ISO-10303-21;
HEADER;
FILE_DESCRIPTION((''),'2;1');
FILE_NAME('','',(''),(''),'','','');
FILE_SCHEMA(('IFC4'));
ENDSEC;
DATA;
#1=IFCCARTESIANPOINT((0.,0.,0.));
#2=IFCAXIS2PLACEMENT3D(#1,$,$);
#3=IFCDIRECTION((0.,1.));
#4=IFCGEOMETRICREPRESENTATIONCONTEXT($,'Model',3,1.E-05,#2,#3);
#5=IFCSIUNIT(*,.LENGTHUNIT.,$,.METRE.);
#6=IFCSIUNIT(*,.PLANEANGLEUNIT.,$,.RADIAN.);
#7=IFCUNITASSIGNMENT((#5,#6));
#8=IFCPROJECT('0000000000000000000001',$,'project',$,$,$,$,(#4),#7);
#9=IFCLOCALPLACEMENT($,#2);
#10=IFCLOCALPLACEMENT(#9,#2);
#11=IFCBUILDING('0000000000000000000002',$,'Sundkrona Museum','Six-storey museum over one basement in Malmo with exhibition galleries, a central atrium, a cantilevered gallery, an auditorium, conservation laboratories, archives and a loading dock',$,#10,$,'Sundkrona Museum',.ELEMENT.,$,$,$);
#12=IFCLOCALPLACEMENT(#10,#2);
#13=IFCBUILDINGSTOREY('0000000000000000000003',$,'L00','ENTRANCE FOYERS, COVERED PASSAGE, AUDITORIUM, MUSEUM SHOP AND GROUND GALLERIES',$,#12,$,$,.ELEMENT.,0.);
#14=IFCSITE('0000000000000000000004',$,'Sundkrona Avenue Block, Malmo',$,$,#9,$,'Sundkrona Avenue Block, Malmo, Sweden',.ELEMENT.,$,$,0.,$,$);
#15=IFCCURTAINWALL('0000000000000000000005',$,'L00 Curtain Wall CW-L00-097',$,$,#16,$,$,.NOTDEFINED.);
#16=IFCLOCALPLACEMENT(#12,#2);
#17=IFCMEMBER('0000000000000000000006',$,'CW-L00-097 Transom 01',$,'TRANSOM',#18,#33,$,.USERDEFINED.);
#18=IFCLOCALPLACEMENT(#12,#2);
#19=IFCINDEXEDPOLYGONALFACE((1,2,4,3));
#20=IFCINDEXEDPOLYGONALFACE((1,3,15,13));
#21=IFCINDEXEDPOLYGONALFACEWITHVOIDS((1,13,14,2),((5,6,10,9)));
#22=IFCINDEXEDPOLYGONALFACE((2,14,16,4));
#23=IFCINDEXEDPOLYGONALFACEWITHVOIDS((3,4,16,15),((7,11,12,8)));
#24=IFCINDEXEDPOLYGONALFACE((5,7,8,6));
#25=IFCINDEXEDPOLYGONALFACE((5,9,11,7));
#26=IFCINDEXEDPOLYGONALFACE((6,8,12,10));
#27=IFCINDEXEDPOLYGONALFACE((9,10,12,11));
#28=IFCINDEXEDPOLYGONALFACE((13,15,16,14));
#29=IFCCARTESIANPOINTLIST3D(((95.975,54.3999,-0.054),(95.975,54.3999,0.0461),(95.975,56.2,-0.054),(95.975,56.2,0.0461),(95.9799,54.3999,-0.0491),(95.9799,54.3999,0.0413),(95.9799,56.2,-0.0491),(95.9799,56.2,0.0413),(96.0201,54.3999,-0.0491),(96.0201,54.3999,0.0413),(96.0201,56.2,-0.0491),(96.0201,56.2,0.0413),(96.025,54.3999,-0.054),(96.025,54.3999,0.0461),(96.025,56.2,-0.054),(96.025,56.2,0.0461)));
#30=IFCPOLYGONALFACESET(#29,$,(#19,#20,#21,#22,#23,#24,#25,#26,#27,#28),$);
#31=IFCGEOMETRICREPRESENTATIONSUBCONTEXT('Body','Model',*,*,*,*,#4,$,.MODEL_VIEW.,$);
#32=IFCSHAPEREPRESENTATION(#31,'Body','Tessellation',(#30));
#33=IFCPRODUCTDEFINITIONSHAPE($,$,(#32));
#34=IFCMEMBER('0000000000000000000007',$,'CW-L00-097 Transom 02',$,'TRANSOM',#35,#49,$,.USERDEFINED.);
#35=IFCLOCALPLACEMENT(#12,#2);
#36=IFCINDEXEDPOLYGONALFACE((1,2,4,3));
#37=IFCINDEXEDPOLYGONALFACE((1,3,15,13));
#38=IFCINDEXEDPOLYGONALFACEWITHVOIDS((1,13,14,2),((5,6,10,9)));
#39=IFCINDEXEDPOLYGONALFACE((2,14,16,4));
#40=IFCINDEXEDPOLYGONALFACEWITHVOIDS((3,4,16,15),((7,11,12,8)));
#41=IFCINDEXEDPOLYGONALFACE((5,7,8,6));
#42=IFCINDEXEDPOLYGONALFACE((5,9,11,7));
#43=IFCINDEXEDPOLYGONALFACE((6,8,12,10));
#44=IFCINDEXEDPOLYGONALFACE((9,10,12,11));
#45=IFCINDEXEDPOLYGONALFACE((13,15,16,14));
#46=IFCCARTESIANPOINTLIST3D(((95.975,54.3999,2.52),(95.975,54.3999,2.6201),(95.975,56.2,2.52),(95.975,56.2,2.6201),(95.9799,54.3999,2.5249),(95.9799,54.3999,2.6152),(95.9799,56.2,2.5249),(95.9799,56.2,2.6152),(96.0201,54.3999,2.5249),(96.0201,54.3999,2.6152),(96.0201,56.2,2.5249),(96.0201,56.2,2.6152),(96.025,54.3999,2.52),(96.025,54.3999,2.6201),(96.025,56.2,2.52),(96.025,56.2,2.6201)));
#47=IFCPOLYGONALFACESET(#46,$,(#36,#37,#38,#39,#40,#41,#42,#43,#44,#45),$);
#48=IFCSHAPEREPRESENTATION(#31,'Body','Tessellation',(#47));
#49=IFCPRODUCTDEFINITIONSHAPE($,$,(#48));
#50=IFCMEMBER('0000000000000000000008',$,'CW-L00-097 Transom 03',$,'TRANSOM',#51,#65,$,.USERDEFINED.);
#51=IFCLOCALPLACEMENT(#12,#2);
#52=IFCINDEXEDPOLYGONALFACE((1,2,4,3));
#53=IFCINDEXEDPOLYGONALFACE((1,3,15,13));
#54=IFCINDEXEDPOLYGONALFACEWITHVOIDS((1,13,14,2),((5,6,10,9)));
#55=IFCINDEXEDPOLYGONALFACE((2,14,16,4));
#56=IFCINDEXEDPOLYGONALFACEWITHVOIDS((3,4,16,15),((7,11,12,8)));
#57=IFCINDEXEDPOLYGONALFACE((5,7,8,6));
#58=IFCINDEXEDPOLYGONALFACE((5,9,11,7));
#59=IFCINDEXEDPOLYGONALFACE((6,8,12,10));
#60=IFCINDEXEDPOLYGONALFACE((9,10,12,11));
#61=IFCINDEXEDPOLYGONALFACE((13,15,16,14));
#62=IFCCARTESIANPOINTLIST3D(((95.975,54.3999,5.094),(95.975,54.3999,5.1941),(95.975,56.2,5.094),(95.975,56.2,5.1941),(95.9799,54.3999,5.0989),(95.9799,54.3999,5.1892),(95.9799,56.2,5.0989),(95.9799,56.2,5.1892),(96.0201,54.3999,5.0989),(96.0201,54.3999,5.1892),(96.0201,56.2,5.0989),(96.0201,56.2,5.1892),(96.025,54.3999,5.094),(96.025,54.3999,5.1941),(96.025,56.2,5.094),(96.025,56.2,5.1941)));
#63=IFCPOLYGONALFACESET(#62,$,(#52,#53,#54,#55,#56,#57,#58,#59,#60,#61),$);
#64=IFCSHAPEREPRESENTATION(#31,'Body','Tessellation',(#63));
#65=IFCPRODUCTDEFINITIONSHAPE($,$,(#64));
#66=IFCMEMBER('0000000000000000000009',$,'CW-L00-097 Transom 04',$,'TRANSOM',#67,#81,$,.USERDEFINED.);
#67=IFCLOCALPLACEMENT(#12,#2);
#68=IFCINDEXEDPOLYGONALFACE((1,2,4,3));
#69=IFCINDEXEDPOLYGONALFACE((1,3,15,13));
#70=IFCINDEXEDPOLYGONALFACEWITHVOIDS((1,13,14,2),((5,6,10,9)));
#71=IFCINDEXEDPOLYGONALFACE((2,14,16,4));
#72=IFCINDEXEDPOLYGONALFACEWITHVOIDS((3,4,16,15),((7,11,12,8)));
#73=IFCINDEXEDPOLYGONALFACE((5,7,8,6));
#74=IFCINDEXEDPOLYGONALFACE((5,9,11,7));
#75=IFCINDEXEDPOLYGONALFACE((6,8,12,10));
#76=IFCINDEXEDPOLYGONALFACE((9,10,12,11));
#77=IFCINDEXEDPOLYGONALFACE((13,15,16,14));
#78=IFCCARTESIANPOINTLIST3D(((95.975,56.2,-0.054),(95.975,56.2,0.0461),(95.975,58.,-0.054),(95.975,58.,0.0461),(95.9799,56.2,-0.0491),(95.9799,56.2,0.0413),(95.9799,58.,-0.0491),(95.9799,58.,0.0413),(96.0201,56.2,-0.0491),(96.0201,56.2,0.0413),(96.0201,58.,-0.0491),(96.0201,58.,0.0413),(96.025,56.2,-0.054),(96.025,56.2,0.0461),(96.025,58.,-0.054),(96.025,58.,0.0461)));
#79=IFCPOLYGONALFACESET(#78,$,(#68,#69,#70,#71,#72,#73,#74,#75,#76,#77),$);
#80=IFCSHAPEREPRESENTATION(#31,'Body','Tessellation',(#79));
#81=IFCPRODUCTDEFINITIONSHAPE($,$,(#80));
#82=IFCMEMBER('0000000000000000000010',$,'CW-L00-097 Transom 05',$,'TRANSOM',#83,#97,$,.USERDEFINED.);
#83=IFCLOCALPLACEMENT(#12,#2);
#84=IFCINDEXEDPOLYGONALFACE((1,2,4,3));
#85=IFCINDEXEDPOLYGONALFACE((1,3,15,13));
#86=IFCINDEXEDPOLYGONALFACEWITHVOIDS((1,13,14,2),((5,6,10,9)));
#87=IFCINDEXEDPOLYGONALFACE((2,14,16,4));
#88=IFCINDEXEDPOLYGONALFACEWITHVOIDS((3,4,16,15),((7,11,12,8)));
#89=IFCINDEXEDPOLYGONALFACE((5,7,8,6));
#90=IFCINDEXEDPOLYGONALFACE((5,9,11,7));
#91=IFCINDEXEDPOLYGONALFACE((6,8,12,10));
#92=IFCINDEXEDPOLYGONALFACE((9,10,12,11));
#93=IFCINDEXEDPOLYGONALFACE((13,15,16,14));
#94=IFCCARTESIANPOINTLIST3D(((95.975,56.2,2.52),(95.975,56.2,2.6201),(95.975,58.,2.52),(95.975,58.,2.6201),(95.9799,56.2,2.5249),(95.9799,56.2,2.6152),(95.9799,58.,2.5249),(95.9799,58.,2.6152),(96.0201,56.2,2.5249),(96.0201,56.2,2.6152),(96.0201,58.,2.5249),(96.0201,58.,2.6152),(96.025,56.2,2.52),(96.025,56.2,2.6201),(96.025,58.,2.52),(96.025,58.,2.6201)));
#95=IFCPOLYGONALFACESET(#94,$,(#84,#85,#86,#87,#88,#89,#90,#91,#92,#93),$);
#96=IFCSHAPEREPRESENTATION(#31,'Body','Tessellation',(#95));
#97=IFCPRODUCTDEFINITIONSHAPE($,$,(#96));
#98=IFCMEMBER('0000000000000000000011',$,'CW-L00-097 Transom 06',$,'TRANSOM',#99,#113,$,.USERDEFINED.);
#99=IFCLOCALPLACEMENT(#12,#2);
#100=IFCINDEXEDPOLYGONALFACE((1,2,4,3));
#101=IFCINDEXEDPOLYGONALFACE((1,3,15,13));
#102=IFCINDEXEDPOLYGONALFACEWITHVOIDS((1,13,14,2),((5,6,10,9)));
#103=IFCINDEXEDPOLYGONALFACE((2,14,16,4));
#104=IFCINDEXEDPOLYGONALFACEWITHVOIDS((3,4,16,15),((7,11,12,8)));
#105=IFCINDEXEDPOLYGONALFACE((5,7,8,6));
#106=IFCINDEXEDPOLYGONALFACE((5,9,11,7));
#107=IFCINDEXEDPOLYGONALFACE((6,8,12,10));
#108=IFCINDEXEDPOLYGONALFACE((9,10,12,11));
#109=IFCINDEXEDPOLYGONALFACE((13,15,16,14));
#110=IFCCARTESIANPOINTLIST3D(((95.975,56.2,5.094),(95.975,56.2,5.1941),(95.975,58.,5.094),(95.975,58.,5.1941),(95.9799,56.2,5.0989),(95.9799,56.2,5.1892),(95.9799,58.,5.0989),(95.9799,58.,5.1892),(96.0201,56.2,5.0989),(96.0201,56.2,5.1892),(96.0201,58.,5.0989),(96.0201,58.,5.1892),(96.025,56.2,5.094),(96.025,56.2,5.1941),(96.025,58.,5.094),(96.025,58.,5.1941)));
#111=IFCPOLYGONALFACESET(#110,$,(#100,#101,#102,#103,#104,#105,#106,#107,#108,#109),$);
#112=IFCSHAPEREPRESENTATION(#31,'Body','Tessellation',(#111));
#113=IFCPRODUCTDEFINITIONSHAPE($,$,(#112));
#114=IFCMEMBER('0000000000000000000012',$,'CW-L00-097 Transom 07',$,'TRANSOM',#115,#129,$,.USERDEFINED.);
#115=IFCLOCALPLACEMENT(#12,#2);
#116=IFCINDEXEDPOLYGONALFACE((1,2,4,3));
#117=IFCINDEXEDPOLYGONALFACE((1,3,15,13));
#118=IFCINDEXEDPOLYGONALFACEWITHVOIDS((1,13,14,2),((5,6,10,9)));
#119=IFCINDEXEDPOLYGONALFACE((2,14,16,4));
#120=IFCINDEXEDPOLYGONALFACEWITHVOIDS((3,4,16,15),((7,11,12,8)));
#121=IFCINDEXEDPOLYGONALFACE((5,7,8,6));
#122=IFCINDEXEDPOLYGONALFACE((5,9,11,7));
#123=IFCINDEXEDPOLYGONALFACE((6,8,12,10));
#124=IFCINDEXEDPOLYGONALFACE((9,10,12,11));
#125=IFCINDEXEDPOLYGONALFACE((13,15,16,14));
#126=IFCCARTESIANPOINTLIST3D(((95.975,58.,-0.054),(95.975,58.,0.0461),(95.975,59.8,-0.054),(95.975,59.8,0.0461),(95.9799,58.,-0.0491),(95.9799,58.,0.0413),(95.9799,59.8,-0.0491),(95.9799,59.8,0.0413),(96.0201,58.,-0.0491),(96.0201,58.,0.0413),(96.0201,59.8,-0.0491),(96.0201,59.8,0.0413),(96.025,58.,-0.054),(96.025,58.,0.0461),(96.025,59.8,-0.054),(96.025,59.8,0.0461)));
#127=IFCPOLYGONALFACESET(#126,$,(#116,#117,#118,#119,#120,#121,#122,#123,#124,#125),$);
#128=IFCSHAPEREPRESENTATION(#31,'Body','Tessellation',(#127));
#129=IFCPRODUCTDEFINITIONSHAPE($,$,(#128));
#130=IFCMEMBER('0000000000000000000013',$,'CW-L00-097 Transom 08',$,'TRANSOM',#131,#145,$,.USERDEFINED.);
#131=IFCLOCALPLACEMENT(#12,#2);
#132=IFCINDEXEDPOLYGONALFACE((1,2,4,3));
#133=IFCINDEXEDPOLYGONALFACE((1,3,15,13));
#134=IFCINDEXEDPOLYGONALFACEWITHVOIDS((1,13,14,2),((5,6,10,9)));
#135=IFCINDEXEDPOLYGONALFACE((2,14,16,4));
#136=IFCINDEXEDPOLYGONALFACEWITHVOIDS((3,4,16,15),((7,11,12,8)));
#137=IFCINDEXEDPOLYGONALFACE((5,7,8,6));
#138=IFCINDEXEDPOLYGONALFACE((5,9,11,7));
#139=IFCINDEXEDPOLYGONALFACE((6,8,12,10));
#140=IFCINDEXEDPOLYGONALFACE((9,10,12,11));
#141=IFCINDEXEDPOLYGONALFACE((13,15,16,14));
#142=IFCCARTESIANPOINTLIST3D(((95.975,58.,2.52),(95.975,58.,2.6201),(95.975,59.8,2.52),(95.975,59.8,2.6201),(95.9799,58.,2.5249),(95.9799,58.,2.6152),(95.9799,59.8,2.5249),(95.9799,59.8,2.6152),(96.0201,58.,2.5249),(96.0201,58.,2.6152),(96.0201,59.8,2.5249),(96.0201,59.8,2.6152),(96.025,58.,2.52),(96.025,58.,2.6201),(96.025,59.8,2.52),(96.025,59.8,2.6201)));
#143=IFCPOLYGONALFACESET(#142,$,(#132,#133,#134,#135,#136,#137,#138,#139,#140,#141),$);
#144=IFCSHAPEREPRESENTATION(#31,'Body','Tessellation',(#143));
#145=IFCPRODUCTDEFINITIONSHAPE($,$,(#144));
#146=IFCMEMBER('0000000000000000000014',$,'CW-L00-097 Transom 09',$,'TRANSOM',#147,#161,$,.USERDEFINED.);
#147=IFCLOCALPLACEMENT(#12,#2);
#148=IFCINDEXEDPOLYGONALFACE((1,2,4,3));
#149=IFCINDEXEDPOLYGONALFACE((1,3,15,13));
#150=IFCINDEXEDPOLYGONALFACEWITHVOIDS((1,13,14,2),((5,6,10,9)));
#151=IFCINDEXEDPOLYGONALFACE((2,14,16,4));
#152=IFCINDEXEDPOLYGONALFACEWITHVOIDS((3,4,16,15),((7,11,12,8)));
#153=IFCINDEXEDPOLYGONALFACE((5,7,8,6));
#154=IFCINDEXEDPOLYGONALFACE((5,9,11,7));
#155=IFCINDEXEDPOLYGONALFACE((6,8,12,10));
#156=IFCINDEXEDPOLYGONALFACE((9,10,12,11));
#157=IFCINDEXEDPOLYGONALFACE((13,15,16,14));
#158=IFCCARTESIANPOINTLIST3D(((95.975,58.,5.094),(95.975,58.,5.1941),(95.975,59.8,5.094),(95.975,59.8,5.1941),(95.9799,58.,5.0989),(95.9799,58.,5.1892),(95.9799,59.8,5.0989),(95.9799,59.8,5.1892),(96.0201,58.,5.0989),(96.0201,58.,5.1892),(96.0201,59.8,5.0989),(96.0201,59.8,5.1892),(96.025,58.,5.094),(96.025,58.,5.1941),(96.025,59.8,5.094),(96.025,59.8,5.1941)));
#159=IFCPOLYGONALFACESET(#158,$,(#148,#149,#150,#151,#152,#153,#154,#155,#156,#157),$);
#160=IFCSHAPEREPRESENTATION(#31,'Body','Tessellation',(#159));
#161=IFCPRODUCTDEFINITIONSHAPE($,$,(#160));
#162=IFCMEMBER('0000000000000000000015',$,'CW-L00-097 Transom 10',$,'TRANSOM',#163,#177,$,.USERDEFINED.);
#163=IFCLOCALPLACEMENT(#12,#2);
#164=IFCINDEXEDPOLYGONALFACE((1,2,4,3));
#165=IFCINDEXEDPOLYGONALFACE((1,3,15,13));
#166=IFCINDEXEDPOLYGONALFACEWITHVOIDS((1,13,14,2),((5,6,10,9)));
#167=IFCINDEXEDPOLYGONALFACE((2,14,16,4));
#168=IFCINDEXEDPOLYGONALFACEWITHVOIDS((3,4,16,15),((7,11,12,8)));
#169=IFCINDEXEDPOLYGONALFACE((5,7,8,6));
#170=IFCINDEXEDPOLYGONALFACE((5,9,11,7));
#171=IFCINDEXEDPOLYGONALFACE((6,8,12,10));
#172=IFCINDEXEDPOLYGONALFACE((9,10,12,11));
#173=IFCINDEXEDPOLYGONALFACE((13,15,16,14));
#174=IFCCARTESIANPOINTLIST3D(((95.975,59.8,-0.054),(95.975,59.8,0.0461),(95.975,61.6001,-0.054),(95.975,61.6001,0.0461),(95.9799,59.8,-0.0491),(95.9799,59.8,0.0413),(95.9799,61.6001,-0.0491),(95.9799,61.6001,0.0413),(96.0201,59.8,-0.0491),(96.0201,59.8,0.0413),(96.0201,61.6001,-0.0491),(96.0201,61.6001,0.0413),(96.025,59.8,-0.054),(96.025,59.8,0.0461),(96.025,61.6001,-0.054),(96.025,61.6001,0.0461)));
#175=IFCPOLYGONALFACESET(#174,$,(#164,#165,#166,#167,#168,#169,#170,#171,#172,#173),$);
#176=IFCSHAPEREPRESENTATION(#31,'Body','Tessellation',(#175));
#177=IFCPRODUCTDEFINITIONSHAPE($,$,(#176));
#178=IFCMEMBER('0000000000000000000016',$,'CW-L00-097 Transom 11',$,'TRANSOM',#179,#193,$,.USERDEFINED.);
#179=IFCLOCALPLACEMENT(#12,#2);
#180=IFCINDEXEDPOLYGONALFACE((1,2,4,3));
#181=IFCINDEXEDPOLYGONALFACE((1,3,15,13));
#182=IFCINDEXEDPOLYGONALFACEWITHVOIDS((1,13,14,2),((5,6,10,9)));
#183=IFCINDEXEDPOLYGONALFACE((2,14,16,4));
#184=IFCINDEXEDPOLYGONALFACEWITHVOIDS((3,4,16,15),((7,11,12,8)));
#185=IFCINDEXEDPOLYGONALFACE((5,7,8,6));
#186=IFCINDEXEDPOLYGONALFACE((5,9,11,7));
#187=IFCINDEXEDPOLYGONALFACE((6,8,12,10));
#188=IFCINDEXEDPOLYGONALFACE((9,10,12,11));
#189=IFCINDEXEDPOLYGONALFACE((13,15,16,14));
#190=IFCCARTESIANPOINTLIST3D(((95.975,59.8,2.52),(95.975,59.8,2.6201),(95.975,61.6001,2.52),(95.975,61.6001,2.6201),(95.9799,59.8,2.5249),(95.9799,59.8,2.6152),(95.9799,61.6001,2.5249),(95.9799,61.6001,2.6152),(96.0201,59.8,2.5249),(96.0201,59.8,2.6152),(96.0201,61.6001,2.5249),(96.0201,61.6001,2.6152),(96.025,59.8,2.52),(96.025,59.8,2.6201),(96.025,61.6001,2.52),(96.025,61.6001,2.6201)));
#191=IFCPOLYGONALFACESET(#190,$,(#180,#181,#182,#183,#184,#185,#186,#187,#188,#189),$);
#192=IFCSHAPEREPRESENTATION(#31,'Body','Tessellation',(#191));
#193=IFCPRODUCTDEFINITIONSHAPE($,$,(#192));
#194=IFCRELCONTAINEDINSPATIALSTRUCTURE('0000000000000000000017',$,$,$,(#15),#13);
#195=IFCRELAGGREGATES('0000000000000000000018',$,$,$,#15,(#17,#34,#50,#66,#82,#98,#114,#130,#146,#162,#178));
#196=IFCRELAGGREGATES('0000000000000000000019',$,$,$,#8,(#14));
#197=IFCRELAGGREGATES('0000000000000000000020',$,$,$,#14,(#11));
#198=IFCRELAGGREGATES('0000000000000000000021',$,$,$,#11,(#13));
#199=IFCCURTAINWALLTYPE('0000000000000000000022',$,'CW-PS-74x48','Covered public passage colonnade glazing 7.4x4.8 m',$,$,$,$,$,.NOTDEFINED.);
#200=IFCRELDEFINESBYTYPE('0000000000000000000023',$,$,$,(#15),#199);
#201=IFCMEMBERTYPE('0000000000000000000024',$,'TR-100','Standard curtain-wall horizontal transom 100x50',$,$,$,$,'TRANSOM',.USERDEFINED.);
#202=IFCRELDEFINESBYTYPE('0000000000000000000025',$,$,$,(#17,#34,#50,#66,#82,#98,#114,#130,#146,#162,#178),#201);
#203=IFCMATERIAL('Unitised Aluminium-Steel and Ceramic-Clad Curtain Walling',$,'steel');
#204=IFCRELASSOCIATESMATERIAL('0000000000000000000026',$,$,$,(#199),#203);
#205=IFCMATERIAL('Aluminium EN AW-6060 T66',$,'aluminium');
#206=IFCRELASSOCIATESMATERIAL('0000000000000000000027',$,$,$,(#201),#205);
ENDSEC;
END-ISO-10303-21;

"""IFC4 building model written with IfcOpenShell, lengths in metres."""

from ifc_helpers import new_model, si_unit, direction, frame, origin, origin_2d, place, context, subcontext, project, spatial, hollow_rectangle, extrude, material, material_profile, profile_set, type_object, element, aggregate, save


model = new_model("IFC4")

# Units and contexts
model_context = context("Model", 3, precision=1e-05, world=origin(), true_north=direction((0.0, 1.0)))
body_context = subcontext(model_context, "Body", "Model", "MODEL_VIEW")
ifc_project = project(units=[si_unit("LENGTHUNIT", "METRE"), si_unit("PLANEANGLEUNIT", "RADIAN")], contexts=[model_context])

# Site, building, storey
site_placement = place(None, origin())
site = spatial("IfcSite", under=ifc_project, at=site_placement, Name="Sundkrona Avenue Block, Malmo", LongName="Sundkrona Avenue Block, Malmo, Sweden", CompositionType="ELEMENT", RefElevation=0.0)
building_placement = place(site_placement, origin())
building = spatial("IfcBuilding", under=site, at=building_placement, Name="Sundkrona Museum", Description="Six-storey museum over one basement in Malmo with exhibition galleries, a central atrium, a cantilevered gallery, an auditorium, conservation laboratories, archives and a loading dock", LongName="Sundkrona Museum", CompositionType="ELEMENT")
storey_placement = place(building_placement, origin())
storey = spatial("IfcBuildingStorey", under=building, at=storey_placement, Name="L00", Description="ENTRANCE FOYERS, COVERED PASSAGE, AUDITORIUM, MUSEUM SHOP AND GROUND GALLERIES", CompositionType="ELEMENT", Elevation=0.0)

# Curtain wall
ifc_material_1 = material(Name="Unitised Aluminium-Steel and Ceramic-Clad Curtain Walling", Category="steel")
curtain_wall_type = type_object("IfcCurtainWallType", Name="CW-PS-74x48", Description="Covered public passage colonnade glazing 7.4x4.8 m", PredefinedType="NOTDEFINED", material=ifc_material_1)
curtain_wall_1_placement = place(storey_placement, origin())
curtain_wall_1 = element("IfcCurtainWall", 1, at=curtain_wall_1_placement, inside=storey, type_object=curtain_wall_type, Name="L00 Curtain Wall CW-L00-097", PredefinedType="NOTDEFINED")
ifc_material_2 = material(Name="Aluminium EN AW-6060 T66", Category="aluminium")

# Members
ifc_material_profile_1 = material_profile(ifc_material_2, hollow_rectangle(XDim=0.05, YDim=0.1001, WallThickness=0.0049, at=origin_2d()), Name="RHS 100x50x5.0")
ifc_profile_set_1 = profile_set([ifc_material_profile_1], Name="Aluminium EN AW-6060 T66")
member_type_1 = type_object("IfcMemberType", Name="TR-100", Description="Standard curtain-wall horizontal transom 100x50", ElementType="TRANSOM", PredefinedType="USERDEFINED", material=ifc_profile_set_1)
member_1_placement = place(storey_placement, frame((96.0, 54.3999, -0.0039), z_axis=(0.0, 1.0, 0.0), x_axis=(-1.0, 0.0, 0.0)))
member_1 = element("IfcMember", 2, at=member_1_placement, type_object=member_type_1, Name="CW-L00-097 Transom 01", ObjectType="TRANSOM", PredefinedType="USERDEFINED", context=body_context, shape_type="SweptSolid", body=[
    extrude(hollow_rectangle(XDim=0.05, YDim=0.1001, WallThickness=0.0049, at=origin_2d()), origin(), (0.0, 0.0, 1.0), 1.8),
])
member_2_placement = place(storey_placement, frame((96.0, 54.3999, 2.5701), z_axis=(0.0, 1.0, 0.0), x_axis=(-1.0, 0.0, 0.0)))
member_2 = element("IfcMember", 3, at=member_2_placement, type_object=member_type_1, Name="CW-L00-097 Transom 02", ObjectType="TRANSOM", PredefinedType="USERDEFINED", context=body_context, shape_type="SweptSolid", body=[
    extrude(hollow_rectangle(XDim=0.05, YDim=0.1001, WallThickness=0.0049, at=origin_2d()), origin(), (0.0, 0.0, 1.0), 1.8),
])
member_3_placement = place(storey_placement, frame((96.0, 54.3999, 5.144), z_axis=(0.0, 1.0, 0.0), x_axis=(-1.0, 0.0, 0.0)))
member_3 = element("IfcMember", 4, at=member_3_placement, type_object=member_type_1, Name="CW-L00-097 Transom 03", ObjectType="TRANSOM", PredefinedType="USERDEFINED", context=body_context, shape_type="SweptSolid", body=[
    extrude(hollow_rectangle(XDim=0.05, YDim=0.1001, WallThickness=0.0049, at=origin_2d()), origin(), (0.0, 0.0, 1.0), 1.8),
])
member_4_placement = place(storey_placement, frame((96.0, 56.2, -0.0039), z_axis=(0.0, 1.0, 0.0), x_axis=(-1.0, 0.0, 0.0)))
member_4 = element("IfcMember", 5, at=member_4_placement, type_object=member_type_1, Name="CW-L00-097 Transom 04", ObjectType="TRANSOM", PredefinedType="USERDEFINED", context=body_context, shape_type="SweptSolid", body=[
    extrude(hollow_rectangle(XDim=0.05, YDim=0.1001, WallThickness=0.0049, at=origin_2d()), origin(), (0.0, 0.0, 1.0), 1.8),
])
member_5_placement = place(storey_placement, frame((96.0, 56.2, 2.5701), z_axis=(0.0, 1.0, 0.0), x_axis=(-1.0, 0.0, 0.0)))
member_5 = element("IfcMember", 6, at=member_5_placement, type_object=member_type_1, Name="CW-L00-097 Transom 05", ObjectType="TRANSOM", PredefinedType="USERDEFINED", context=body_context, shape_type="SweptSolid", body=[
    extrude(hollow_rectangle(XDim=0.05, YDim=0.1001, WallThickness=0.0049, at=origin_2d()), origin(), (0.0, 0.0, 1.0), 1.8),
])
member_6_placement = place(storey_placement, frame((96.0, 56.2, 5.144), z_axis=(0.0, 1.0, 0.0), x_axis=(-1.0, 0.0, 0.0)))
member_6 = element("IfcMember", 7, at=member_6_placement, type_object=member_type_1, Name="CW-L00-097 Transom 06", ObjectType="TRANSOM", PredefinedType="USERDEFINED", context=body_context, shape_type="SweptSolid", body=[
    extrude(hollow_rectangle(XDim=0.05, YDim=0.1001, WallThickness=0.0049, at=origin_2d()), origin(), (0.0, 0.0, 1.0), 1.8),
])
member_7_placement = place(storey_placement, frame((96.0, 58.0, -0.0039), z_axis=(0.0, 1.0, 0.0), x_axis=(-1.0, 0.0, 0.0)))
member_7 = element("IfcMember", 8, at=member_7_placement, type_object=member_type_1, Name="CW-L00-097 Transom 07", ObjectType="TRANSOM", PredefinedType="USERDEFINED", context=body_context, shape_type="SweptSolid", body=[
    extrude(hollow_rectangle(XDim=0.05, YDim=0.1001, WallThickness=0.0049, at=origin_2d()), origin(), (0.0, 0.0, 1.0), 1.8),
])
member_8_placement = place(storey_placement, frame((96.0, 58.0, 2.5701), z_axis=(0.0, 1.0, 0.0), x_axis=(-1.0, 0.0, 0.0)))
member_8 = element("IfcMember", 9, at=member_8_placement, type_object=member_type_1, Name="CW-L00-097 Transom 08", ObjectType="TRANSOM", PredefinedType="USERDEFINED", context=body_context, shape_type="SweptSolid", body=[
    extrude(hollow_rectangle(XDim=0.05, YDim=0.1001, WallThickness=0.0049, at=origin_2d()), origin(), (0.0, 0.0, 1.0), 1.8),
])
member_9_placement = place(storey_placement, frame((96.0, 58.0, 5.144), z_axis=(0.0, 1.0, 0.0), x_axis=(-1.0, 0.0, 0.0)))
member_9 = element("IfcMember", 10, at=member_9_placement, type_object=member_type_1, Name="CW-L00-097 Transom 09", ObjectType="TRANSOM", PredefinedType="USERDEFINED", context=body_context, shape_type="SweptSolid", body=[
    extrude(hollow_rectangle(XDim=0.05, YDim=0.1001, WallThickness=0.0049, at=origin_2d()), origin(), (0.0, 0.0, 1.0), 1.8),
])
member_10_placement = place(storey_placement, frame((96.0, 59.8, -0.0039), z_axis=(0.0, 1.0, 0.0), x_axis=(-1.0, 0.0, 0.0)))
member_10 = element("IfcMember", 11, at=member_10_placement, type_object=member_type_1, Name="CW-L00-097 Transom 10", ObjectType="TRANSOM", PredefinedType="USERDEFINED", context=body_context, shape_type="SweptSolid", body=[
    extrude(hollow_rectangle(XDim=0.05, YDim=0.1001, WallThickness=0.0049, at=origin_2d()), origin(), (0.0, 0.0, 1.0), 1.8),
])
member_11_placement = place(storey_placement, frame((96.0, 59.8, 2.5701), z_axis=(0.0, 1.0, 0.0), x_axis=(-1.0, 0.0, 0.0)))
member_11 = element("IfcMember", 12, at=member_11_placement, type_object=member_type_1, Name="CW-L00-097 Transom 11", ObjectType="TRANSOM", PredefinedType="USERDEFINED", context=body_context, shape_type="SweptSolid", body=[
    extrude(hollow_rectangle(XDim=0.05, YDim=0.1001, WallThickness=0.0049, at=origin_2d()), origin(), (0.0, 0.0, 1.0), 1.8),
])

aggregate(curtain_wall_1, [member_1, member_2, member_3, member_4, member_5, member_6, member_7, member_8, member_9, member_10, member_11])

save(model, "model.ifc")
